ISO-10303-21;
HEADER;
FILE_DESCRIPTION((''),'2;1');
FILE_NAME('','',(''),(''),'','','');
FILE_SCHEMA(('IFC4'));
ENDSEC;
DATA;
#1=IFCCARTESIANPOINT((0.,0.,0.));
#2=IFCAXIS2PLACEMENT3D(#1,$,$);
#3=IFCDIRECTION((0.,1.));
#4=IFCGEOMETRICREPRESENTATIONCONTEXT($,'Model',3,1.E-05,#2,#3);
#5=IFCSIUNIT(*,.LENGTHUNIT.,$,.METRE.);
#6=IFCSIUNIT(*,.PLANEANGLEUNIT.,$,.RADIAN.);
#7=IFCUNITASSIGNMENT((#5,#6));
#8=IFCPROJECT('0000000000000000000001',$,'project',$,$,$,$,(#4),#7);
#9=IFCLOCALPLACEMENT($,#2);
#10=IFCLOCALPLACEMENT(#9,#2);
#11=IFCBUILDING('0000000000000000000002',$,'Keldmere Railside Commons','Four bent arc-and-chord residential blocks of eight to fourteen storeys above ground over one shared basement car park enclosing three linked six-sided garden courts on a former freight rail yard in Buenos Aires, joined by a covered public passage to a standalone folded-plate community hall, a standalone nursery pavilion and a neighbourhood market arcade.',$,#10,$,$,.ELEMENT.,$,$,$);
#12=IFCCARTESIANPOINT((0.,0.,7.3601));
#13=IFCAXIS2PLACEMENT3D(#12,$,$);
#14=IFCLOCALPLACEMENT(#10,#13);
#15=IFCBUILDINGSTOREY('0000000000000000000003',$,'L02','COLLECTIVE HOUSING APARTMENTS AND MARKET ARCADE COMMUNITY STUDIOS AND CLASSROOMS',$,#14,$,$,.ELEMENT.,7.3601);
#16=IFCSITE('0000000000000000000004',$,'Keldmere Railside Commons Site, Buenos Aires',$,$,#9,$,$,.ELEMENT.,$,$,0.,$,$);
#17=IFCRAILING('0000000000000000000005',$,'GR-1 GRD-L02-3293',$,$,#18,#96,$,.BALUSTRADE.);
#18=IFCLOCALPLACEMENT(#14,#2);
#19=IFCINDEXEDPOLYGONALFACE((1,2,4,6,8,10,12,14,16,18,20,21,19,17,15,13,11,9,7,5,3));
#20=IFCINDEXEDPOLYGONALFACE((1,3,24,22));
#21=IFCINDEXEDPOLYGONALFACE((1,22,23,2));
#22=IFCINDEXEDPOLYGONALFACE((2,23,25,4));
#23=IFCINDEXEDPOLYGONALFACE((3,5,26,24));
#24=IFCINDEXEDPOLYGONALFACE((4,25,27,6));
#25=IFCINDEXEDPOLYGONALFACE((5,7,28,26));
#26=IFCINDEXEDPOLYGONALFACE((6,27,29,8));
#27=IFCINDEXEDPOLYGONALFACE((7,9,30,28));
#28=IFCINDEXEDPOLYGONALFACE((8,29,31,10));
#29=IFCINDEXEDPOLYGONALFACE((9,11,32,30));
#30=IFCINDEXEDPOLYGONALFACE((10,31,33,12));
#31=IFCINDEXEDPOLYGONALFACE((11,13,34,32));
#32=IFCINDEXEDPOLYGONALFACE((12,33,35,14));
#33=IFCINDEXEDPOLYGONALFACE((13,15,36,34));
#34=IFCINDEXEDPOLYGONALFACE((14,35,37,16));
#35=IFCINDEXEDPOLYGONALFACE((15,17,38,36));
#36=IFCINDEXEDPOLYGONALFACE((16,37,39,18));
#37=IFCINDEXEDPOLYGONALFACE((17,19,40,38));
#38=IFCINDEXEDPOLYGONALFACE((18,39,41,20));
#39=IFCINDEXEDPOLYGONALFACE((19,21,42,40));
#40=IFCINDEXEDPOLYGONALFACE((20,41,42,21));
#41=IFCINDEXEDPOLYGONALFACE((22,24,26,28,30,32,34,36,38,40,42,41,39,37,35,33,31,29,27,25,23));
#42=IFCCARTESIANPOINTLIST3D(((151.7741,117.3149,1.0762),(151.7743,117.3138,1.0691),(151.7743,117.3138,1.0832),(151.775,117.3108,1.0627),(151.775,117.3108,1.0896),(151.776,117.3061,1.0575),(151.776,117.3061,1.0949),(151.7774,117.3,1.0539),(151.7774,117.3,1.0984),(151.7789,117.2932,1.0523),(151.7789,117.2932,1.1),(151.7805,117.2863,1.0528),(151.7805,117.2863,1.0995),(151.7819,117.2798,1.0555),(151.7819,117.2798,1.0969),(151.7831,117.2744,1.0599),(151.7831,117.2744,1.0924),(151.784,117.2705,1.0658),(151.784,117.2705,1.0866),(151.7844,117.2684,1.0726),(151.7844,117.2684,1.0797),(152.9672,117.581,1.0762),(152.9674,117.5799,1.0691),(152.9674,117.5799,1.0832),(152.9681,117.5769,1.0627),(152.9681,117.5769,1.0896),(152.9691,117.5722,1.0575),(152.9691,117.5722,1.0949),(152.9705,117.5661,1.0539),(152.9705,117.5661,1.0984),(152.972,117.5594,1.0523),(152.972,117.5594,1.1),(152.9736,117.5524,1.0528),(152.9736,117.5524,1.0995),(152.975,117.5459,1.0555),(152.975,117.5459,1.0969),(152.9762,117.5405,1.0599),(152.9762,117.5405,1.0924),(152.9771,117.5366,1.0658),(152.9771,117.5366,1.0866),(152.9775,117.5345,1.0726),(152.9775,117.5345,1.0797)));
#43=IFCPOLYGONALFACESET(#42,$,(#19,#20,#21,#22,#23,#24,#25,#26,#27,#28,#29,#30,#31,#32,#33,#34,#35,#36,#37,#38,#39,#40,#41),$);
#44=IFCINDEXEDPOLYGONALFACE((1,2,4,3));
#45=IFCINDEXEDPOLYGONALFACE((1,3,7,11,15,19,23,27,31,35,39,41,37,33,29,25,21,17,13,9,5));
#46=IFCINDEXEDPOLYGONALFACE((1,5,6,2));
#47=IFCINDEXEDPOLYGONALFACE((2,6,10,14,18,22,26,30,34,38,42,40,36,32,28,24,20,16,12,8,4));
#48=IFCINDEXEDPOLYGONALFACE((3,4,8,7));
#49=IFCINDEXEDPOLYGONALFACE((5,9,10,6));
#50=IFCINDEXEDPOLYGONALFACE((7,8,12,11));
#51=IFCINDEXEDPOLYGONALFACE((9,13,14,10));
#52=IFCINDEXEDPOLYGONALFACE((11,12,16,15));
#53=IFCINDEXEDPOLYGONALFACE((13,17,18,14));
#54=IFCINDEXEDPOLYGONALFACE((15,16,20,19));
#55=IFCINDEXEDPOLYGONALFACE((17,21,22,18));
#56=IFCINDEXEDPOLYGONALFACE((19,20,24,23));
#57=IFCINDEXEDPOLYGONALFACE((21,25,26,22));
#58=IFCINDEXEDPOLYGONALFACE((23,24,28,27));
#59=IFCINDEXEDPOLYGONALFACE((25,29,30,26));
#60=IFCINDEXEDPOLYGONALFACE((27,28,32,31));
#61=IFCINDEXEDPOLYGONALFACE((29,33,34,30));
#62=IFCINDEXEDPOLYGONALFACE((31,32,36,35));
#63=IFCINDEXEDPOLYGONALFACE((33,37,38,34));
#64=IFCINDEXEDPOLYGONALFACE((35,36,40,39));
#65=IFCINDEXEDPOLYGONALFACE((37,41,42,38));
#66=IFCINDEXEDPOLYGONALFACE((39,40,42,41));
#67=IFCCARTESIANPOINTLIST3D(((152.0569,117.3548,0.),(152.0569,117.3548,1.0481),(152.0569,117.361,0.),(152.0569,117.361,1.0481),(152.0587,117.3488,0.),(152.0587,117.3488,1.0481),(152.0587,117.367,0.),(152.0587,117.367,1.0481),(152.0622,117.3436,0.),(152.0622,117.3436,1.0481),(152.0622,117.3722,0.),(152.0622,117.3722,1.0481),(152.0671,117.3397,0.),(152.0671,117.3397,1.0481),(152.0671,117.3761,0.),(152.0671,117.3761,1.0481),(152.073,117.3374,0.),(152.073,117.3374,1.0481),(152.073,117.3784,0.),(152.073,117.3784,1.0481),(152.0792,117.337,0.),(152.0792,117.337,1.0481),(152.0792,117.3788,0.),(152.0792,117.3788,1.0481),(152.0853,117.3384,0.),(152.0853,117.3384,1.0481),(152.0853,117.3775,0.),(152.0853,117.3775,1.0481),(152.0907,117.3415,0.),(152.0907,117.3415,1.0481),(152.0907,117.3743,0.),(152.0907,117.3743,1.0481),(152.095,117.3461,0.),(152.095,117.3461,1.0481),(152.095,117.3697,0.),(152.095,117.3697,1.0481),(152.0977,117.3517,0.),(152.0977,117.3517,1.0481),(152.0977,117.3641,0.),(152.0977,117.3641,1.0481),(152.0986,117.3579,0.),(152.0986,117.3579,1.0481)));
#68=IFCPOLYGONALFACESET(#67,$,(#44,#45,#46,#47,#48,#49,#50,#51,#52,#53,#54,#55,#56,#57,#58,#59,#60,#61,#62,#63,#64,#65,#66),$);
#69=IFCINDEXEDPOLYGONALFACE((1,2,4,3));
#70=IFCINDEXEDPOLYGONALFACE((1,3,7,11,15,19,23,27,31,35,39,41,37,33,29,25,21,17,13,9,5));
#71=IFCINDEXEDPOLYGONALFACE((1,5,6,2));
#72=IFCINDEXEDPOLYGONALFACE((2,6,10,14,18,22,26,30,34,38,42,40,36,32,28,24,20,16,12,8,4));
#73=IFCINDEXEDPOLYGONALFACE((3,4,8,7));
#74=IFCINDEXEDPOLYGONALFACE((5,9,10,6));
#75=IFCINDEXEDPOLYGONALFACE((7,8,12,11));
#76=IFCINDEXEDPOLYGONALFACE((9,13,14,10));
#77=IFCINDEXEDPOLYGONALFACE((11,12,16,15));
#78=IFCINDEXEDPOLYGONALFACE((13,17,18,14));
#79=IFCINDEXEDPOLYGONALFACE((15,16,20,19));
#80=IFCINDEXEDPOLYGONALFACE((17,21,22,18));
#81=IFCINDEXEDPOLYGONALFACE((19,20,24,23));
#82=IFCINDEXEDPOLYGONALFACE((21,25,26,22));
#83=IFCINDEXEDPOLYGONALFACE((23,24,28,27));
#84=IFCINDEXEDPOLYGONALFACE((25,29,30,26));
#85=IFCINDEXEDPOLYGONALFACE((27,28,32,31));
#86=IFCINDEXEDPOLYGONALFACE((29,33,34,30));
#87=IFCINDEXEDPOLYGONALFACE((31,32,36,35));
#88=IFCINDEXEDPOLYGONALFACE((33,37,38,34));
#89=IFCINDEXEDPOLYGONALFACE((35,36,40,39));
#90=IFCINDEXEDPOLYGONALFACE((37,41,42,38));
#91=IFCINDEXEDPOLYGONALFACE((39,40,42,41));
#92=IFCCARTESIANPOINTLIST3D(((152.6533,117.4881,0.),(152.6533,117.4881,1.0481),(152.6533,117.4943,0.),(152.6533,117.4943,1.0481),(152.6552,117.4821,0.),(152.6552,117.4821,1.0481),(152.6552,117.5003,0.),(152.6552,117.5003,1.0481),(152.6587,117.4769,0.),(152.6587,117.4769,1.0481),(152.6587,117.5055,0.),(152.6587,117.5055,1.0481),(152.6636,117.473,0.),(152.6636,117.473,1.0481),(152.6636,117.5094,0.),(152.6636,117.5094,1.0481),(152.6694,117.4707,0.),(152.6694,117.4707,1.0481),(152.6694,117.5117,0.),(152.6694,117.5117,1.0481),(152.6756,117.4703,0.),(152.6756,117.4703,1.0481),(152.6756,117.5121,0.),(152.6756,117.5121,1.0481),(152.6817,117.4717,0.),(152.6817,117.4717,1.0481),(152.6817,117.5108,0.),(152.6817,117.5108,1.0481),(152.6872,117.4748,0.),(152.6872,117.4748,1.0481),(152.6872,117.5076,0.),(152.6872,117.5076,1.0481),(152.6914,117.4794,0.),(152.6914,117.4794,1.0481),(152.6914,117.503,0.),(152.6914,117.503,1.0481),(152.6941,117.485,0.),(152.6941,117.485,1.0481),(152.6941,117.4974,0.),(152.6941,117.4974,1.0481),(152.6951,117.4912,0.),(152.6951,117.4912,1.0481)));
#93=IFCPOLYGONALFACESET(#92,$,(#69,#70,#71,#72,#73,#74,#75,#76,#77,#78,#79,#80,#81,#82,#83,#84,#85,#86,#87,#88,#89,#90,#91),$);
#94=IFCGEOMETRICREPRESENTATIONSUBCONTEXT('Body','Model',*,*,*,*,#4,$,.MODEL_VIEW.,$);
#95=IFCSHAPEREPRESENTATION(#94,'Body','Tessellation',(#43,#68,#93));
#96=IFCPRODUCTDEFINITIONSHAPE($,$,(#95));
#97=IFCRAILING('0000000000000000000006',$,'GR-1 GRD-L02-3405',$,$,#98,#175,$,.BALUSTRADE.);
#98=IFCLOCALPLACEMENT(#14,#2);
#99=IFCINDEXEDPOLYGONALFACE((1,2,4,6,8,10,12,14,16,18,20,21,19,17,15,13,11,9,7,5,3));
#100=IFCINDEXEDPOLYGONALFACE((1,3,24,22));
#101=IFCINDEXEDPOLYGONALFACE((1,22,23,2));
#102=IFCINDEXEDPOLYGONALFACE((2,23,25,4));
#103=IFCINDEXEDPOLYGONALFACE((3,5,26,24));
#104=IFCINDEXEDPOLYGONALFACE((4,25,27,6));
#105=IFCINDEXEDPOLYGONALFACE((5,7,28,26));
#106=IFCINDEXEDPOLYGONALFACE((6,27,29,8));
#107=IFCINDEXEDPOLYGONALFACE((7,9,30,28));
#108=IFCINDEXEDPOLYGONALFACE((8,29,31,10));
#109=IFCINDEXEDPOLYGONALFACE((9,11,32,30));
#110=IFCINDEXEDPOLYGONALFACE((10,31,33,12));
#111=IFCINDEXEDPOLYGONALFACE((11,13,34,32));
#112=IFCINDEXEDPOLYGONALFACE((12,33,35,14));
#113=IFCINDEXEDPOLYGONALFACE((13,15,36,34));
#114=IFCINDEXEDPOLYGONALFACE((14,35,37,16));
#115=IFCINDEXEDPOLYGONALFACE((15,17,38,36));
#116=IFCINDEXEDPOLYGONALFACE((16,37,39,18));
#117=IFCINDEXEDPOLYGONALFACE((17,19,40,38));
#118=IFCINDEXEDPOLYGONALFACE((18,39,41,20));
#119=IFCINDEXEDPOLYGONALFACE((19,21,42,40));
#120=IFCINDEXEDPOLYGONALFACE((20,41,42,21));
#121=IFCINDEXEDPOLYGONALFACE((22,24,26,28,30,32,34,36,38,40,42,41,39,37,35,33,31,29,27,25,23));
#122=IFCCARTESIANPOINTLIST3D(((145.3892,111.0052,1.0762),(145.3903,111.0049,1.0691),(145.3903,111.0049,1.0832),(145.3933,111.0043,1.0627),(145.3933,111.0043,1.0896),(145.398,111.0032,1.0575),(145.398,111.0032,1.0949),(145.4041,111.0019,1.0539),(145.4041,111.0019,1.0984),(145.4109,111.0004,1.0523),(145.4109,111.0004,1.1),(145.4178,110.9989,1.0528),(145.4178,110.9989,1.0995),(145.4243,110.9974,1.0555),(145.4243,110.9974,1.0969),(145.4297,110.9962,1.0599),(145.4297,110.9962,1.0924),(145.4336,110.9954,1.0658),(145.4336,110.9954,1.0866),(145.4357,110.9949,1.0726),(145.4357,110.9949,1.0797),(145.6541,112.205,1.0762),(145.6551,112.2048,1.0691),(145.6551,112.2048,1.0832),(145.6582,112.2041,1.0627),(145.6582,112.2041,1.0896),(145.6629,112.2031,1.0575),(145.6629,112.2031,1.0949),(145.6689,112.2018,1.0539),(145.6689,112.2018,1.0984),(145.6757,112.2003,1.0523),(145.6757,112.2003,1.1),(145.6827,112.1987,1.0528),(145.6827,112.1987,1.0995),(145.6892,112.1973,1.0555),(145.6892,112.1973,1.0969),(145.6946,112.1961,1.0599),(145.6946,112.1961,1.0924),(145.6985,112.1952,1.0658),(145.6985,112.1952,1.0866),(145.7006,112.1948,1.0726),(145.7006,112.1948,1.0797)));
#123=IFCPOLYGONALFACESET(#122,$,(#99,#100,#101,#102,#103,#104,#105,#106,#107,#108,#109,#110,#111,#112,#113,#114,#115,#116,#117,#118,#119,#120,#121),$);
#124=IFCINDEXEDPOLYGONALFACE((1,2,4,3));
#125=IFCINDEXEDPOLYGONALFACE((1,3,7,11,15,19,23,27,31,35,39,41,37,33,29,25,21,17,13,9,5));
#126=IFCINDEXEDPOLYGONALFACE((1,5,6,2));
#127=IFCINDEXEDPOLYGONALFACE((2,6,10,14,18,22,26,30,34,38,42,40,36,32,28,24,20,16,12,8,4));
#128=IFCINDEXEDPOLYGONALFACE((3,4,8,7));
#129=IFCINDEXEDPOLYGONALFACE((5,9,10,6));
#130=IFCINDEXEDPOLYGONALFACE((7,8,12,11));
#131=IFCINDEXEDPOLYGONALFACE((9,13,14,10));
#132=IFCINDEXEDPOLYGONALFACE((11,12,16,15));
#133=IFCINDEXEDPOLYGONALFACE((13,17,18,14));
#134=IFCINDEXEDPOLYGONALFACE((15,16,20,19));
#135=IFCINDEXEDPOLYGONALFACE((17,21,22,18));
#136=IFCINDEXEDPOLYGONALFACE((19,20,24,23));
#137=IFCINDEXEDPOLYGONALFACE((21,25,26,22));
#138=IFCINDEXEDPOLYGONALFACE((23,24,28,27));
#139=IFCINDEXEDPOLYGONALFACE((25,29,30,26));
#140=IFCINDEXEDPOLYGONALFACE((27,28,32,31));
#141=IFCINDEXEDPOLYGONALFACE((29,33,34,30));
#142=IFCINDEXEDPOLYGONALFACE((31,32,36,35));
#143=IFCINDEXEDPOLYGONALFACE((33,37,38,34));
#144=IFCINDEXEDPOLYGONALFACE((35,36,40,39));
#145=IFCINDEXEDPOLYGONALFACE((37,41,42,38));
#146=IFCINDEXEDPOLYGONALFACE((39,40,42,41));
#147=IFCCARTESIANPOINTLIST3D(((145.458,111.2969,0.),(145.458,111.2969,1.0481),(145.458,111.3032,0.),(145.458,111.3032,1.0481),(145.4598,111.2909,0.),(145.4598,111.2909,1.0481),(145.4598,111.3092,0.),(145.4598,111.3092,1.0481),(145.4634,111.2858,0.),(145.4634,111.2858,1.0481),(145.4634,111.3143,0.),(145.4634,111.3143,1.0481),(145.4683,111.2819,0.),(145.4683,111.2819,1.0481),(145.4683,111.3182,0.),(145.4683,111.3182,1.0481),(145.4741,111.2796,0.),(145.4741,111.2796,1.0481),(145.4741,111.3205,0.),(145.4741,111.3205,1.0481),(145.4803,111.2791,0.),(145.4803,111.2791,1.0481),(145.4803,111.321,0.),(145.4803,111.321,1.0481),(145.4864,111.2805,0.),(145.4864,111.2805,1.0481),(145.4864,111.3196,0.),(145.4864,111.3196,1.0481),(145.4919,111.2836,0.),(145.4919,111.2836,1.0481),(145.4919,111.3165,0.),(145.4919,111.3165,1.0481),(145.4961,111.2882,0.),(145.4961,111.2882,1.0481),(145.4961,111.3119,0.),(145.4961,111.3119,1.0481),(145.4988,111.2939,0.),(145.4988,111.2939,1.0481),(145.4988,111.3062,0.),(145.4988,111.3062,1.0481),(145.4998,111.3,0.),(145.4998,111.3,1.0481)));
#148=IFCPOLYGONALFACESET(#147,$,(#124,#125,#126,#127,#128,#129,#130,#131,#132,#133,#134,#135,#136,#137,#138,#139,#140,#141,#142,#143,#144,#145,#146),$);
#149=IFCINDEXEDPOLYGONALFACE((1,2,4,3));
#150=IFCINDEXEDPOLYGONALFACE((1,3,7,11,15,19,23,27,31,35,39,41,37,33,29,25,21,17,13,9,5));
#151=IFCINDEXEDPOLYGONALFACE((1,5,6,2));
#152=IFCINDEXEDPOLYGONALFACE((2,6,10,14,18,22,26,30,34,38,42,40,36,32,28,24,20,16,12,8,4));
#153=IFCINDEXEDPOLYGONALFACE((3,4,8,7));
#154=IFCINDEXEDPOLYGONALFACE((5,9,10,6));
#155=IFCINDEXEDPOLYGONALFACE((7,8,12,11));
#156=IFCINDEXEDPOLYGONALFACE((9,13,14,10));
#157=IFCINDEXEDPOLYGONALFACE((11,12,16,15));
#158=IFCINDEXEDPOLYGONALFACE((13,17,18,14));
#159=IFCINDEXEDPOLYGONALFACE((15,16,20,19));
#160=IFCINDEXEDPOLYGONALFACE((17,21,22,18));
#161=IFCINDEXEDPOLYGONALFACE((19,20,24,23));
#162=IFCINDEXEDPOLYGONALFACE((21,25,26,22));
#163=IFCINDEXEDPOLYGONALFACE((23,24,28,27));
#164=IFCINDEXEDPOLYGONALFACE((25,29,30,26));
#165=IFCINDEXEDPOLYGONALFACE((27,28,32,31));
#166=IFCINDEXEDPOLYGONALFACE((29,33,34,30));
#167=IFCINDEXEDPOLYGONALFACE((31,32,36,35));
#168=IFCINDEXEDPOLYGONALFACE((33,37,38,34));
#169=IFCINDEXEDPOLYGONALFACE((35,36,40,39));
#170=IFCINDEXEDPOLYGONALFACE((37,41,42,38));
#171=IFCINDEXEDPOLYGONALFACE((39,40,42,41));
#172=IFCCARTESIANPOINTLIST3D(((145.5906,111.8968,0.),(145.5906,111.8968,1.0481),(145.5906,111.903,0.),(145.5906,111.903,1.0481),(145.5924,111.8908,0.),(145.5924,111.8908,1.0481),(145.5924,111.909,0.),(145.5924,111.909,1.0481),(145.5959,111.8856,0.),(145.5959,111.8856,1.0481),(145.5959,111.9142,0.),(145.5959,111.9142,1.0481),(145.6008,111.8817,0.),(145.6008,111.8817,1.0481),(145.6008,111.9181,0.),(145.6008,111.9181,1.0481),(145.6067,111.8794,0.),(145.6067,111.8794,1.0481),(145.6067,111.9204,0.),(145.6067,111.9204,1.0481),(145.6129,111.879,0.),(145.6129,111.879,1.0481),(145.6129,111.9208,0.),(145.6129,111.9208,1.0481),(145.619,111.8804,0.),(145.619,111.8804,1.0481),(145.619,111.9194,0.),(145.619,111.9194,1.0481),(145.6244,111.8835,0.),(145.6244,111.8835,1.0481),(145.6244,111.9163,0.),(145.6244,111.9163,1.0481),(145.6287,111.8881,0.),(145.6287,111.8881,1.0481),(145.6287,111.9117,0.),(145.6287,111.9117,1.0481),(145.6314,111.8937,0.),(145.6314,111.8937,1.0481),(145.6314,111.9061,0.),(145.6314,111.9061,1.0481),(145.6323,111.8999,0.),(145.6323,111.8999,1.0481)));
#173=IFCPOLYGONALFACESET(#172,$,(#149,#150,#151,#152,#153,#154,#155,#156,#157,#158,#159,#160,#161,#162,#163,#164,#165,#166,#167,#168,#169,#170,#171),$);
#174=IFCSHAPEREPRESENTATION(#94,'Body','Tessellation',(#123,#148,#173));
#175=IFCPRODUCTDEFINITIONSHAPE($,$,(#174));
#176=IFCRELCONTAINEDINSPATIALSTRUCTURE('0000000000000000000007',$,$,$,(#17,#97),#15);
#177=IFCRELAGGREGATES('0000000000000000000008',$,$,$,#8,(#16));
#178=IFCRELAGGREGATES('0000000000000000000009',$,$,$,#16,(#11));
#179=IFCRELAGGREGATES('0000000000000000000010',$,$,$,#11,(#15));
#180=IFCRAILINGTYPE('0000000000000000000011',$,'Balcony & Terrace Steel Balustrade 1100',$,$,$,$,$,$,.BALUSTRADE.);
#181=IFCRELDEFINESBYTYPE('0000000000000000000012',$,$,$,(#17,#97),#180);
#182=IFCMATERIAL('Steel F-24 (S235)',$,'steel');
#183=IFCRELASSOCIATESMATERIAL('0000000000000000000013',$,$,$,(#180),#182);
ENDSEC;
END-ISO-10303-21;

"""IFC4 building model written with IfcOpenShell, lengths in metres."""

from ifc_helpers import new_model, si_unit, direction, frame, origin, origin_2d, place, context, subcontext, project, spatial, circle, extrude, material, type_object, element, save


model = new_model("IFC4")

# Units and contexts
model_context = context("Model", 3, precision=1e-05, world=origin(), true_north=direction((0.0, 1.0)))
body_context = subcontext(model_context, "Body", "Model", "MODEL_VIEW")
ifc_project = project(units=[si_unit("LENGTHUNIT", "METRE"), si_unit("PLANEANGLEUNIT", "RADIAN")], contexts=[model_context])

# Site, building, storey
site_placement = place(None, origin())
site = spatial("IfcSite", under=ifc_project, at=site_placement, Name="Keldmere Railside Commons Site, Buenos Aires", CompositionType="ELEMENT", RefElevation=0.0)
building_placement = place(site_placement, origin())
building = spatial("IfcBuilding", under=site, at=building_placement, Name="Keldmere Railside Commons", Description="Four bent arc-and-chord residential blocks of eight to fourteen storeys above ground over one shared basement car park enclosing three linked six-sided garden courts on a former freight rail yard in Buenos Aires, joined by a covered public passage to a standalone folded-plate community hall, a standalone nursery pavilion and a neighbourhood market arcade.", CompositionType="ELEMENT")
storey_placement = place(building_placement, frame((0.0, 0.0, 7.3601)))
storey = spatial("IfcBuildingStorey", under=building, at=storey_placement, Name="L02", Description="COLLECTIVE HOUSING APARTMENTS AND MARKET ARCADE COMMUNITY STUDIOS AND CLASSROOMS", CompositionType="ELEMENT", Elevation=7.3601)

# Railings
ifc_material_1 = material(Name="Steel F-24 (S235)", Category="steel")
railing_type = type_object("IfcRailingType", Name="Balcony & Terrace Steel Balustrade 1100", PredefinedType="BALUSTRADE", material=ifc_material_1)
railing_1_placement = place(storey_placement, frame((151.7793, 117.2915, 0.0)))
element("IfcRailing", 1, at=railing_1_placement, inside=storey, type_object=railing_type, Name="GR-1 GRD-L02-3293", PredefinedType="BALUSTRADE", context=body_context, shape_type="SweptSolid", body=[
    extrude(circle(Radius=0.0239, at=origin_2d()), frame((0.0, 0.0, 1.0762), z_axis=(0.976018, 0.217692, 0.0), x_axis=(-0.217692, 0.976018, 0.0)), (0.0, 0.0, 1.0), 1.2224),
    extrude(circle(Radius=0.021, at=origin_2d()), frame((0.2983, 0.0664, 0.0)), (0.0, 0.0, 1.0), 1.0481),
    extrude(circle(Radius=0.021, at=origin_2d()), frame((0.8948, 0.1997, 0.0)), (0.0, 0.0, 1.0), 1.0481),
])
railing_2_placement = place(storey_placement, frame((145.4126, 111.0, 0.0)))
element("IfcRailing", 2, at=railing_2_placement, inside=storey, type_object=railing_type, Name="GR-1 GRD-L02-3405", PredefinedType="BALUSTRADE", context=body_context, shape_type="SweptSolid", body=[
    extrude(circle(Radius=0.0239, at=origin_2d()), frame((0.0, 0.0, 1.0762), z_axis=(0.215563, 0.97649, 0.0), x_axis=(-0.97649, 0.215563, 0.0)), (0.0, 0.0, 1.0), 1.2288),
    extrude(circle(Radius=0.021, at=origin_2d()), frame((0.0662, 0.3, 0.0)), (0.0, 0.0, 1.0), 1.0481),
    extrude(circle(Radius=0.021, at=origin_2d()), frame((0.1987, 0.8999, 0.0)), (0.0, 0.0, 1.0), 1.0481),
])

save(model, "model.ifc")
